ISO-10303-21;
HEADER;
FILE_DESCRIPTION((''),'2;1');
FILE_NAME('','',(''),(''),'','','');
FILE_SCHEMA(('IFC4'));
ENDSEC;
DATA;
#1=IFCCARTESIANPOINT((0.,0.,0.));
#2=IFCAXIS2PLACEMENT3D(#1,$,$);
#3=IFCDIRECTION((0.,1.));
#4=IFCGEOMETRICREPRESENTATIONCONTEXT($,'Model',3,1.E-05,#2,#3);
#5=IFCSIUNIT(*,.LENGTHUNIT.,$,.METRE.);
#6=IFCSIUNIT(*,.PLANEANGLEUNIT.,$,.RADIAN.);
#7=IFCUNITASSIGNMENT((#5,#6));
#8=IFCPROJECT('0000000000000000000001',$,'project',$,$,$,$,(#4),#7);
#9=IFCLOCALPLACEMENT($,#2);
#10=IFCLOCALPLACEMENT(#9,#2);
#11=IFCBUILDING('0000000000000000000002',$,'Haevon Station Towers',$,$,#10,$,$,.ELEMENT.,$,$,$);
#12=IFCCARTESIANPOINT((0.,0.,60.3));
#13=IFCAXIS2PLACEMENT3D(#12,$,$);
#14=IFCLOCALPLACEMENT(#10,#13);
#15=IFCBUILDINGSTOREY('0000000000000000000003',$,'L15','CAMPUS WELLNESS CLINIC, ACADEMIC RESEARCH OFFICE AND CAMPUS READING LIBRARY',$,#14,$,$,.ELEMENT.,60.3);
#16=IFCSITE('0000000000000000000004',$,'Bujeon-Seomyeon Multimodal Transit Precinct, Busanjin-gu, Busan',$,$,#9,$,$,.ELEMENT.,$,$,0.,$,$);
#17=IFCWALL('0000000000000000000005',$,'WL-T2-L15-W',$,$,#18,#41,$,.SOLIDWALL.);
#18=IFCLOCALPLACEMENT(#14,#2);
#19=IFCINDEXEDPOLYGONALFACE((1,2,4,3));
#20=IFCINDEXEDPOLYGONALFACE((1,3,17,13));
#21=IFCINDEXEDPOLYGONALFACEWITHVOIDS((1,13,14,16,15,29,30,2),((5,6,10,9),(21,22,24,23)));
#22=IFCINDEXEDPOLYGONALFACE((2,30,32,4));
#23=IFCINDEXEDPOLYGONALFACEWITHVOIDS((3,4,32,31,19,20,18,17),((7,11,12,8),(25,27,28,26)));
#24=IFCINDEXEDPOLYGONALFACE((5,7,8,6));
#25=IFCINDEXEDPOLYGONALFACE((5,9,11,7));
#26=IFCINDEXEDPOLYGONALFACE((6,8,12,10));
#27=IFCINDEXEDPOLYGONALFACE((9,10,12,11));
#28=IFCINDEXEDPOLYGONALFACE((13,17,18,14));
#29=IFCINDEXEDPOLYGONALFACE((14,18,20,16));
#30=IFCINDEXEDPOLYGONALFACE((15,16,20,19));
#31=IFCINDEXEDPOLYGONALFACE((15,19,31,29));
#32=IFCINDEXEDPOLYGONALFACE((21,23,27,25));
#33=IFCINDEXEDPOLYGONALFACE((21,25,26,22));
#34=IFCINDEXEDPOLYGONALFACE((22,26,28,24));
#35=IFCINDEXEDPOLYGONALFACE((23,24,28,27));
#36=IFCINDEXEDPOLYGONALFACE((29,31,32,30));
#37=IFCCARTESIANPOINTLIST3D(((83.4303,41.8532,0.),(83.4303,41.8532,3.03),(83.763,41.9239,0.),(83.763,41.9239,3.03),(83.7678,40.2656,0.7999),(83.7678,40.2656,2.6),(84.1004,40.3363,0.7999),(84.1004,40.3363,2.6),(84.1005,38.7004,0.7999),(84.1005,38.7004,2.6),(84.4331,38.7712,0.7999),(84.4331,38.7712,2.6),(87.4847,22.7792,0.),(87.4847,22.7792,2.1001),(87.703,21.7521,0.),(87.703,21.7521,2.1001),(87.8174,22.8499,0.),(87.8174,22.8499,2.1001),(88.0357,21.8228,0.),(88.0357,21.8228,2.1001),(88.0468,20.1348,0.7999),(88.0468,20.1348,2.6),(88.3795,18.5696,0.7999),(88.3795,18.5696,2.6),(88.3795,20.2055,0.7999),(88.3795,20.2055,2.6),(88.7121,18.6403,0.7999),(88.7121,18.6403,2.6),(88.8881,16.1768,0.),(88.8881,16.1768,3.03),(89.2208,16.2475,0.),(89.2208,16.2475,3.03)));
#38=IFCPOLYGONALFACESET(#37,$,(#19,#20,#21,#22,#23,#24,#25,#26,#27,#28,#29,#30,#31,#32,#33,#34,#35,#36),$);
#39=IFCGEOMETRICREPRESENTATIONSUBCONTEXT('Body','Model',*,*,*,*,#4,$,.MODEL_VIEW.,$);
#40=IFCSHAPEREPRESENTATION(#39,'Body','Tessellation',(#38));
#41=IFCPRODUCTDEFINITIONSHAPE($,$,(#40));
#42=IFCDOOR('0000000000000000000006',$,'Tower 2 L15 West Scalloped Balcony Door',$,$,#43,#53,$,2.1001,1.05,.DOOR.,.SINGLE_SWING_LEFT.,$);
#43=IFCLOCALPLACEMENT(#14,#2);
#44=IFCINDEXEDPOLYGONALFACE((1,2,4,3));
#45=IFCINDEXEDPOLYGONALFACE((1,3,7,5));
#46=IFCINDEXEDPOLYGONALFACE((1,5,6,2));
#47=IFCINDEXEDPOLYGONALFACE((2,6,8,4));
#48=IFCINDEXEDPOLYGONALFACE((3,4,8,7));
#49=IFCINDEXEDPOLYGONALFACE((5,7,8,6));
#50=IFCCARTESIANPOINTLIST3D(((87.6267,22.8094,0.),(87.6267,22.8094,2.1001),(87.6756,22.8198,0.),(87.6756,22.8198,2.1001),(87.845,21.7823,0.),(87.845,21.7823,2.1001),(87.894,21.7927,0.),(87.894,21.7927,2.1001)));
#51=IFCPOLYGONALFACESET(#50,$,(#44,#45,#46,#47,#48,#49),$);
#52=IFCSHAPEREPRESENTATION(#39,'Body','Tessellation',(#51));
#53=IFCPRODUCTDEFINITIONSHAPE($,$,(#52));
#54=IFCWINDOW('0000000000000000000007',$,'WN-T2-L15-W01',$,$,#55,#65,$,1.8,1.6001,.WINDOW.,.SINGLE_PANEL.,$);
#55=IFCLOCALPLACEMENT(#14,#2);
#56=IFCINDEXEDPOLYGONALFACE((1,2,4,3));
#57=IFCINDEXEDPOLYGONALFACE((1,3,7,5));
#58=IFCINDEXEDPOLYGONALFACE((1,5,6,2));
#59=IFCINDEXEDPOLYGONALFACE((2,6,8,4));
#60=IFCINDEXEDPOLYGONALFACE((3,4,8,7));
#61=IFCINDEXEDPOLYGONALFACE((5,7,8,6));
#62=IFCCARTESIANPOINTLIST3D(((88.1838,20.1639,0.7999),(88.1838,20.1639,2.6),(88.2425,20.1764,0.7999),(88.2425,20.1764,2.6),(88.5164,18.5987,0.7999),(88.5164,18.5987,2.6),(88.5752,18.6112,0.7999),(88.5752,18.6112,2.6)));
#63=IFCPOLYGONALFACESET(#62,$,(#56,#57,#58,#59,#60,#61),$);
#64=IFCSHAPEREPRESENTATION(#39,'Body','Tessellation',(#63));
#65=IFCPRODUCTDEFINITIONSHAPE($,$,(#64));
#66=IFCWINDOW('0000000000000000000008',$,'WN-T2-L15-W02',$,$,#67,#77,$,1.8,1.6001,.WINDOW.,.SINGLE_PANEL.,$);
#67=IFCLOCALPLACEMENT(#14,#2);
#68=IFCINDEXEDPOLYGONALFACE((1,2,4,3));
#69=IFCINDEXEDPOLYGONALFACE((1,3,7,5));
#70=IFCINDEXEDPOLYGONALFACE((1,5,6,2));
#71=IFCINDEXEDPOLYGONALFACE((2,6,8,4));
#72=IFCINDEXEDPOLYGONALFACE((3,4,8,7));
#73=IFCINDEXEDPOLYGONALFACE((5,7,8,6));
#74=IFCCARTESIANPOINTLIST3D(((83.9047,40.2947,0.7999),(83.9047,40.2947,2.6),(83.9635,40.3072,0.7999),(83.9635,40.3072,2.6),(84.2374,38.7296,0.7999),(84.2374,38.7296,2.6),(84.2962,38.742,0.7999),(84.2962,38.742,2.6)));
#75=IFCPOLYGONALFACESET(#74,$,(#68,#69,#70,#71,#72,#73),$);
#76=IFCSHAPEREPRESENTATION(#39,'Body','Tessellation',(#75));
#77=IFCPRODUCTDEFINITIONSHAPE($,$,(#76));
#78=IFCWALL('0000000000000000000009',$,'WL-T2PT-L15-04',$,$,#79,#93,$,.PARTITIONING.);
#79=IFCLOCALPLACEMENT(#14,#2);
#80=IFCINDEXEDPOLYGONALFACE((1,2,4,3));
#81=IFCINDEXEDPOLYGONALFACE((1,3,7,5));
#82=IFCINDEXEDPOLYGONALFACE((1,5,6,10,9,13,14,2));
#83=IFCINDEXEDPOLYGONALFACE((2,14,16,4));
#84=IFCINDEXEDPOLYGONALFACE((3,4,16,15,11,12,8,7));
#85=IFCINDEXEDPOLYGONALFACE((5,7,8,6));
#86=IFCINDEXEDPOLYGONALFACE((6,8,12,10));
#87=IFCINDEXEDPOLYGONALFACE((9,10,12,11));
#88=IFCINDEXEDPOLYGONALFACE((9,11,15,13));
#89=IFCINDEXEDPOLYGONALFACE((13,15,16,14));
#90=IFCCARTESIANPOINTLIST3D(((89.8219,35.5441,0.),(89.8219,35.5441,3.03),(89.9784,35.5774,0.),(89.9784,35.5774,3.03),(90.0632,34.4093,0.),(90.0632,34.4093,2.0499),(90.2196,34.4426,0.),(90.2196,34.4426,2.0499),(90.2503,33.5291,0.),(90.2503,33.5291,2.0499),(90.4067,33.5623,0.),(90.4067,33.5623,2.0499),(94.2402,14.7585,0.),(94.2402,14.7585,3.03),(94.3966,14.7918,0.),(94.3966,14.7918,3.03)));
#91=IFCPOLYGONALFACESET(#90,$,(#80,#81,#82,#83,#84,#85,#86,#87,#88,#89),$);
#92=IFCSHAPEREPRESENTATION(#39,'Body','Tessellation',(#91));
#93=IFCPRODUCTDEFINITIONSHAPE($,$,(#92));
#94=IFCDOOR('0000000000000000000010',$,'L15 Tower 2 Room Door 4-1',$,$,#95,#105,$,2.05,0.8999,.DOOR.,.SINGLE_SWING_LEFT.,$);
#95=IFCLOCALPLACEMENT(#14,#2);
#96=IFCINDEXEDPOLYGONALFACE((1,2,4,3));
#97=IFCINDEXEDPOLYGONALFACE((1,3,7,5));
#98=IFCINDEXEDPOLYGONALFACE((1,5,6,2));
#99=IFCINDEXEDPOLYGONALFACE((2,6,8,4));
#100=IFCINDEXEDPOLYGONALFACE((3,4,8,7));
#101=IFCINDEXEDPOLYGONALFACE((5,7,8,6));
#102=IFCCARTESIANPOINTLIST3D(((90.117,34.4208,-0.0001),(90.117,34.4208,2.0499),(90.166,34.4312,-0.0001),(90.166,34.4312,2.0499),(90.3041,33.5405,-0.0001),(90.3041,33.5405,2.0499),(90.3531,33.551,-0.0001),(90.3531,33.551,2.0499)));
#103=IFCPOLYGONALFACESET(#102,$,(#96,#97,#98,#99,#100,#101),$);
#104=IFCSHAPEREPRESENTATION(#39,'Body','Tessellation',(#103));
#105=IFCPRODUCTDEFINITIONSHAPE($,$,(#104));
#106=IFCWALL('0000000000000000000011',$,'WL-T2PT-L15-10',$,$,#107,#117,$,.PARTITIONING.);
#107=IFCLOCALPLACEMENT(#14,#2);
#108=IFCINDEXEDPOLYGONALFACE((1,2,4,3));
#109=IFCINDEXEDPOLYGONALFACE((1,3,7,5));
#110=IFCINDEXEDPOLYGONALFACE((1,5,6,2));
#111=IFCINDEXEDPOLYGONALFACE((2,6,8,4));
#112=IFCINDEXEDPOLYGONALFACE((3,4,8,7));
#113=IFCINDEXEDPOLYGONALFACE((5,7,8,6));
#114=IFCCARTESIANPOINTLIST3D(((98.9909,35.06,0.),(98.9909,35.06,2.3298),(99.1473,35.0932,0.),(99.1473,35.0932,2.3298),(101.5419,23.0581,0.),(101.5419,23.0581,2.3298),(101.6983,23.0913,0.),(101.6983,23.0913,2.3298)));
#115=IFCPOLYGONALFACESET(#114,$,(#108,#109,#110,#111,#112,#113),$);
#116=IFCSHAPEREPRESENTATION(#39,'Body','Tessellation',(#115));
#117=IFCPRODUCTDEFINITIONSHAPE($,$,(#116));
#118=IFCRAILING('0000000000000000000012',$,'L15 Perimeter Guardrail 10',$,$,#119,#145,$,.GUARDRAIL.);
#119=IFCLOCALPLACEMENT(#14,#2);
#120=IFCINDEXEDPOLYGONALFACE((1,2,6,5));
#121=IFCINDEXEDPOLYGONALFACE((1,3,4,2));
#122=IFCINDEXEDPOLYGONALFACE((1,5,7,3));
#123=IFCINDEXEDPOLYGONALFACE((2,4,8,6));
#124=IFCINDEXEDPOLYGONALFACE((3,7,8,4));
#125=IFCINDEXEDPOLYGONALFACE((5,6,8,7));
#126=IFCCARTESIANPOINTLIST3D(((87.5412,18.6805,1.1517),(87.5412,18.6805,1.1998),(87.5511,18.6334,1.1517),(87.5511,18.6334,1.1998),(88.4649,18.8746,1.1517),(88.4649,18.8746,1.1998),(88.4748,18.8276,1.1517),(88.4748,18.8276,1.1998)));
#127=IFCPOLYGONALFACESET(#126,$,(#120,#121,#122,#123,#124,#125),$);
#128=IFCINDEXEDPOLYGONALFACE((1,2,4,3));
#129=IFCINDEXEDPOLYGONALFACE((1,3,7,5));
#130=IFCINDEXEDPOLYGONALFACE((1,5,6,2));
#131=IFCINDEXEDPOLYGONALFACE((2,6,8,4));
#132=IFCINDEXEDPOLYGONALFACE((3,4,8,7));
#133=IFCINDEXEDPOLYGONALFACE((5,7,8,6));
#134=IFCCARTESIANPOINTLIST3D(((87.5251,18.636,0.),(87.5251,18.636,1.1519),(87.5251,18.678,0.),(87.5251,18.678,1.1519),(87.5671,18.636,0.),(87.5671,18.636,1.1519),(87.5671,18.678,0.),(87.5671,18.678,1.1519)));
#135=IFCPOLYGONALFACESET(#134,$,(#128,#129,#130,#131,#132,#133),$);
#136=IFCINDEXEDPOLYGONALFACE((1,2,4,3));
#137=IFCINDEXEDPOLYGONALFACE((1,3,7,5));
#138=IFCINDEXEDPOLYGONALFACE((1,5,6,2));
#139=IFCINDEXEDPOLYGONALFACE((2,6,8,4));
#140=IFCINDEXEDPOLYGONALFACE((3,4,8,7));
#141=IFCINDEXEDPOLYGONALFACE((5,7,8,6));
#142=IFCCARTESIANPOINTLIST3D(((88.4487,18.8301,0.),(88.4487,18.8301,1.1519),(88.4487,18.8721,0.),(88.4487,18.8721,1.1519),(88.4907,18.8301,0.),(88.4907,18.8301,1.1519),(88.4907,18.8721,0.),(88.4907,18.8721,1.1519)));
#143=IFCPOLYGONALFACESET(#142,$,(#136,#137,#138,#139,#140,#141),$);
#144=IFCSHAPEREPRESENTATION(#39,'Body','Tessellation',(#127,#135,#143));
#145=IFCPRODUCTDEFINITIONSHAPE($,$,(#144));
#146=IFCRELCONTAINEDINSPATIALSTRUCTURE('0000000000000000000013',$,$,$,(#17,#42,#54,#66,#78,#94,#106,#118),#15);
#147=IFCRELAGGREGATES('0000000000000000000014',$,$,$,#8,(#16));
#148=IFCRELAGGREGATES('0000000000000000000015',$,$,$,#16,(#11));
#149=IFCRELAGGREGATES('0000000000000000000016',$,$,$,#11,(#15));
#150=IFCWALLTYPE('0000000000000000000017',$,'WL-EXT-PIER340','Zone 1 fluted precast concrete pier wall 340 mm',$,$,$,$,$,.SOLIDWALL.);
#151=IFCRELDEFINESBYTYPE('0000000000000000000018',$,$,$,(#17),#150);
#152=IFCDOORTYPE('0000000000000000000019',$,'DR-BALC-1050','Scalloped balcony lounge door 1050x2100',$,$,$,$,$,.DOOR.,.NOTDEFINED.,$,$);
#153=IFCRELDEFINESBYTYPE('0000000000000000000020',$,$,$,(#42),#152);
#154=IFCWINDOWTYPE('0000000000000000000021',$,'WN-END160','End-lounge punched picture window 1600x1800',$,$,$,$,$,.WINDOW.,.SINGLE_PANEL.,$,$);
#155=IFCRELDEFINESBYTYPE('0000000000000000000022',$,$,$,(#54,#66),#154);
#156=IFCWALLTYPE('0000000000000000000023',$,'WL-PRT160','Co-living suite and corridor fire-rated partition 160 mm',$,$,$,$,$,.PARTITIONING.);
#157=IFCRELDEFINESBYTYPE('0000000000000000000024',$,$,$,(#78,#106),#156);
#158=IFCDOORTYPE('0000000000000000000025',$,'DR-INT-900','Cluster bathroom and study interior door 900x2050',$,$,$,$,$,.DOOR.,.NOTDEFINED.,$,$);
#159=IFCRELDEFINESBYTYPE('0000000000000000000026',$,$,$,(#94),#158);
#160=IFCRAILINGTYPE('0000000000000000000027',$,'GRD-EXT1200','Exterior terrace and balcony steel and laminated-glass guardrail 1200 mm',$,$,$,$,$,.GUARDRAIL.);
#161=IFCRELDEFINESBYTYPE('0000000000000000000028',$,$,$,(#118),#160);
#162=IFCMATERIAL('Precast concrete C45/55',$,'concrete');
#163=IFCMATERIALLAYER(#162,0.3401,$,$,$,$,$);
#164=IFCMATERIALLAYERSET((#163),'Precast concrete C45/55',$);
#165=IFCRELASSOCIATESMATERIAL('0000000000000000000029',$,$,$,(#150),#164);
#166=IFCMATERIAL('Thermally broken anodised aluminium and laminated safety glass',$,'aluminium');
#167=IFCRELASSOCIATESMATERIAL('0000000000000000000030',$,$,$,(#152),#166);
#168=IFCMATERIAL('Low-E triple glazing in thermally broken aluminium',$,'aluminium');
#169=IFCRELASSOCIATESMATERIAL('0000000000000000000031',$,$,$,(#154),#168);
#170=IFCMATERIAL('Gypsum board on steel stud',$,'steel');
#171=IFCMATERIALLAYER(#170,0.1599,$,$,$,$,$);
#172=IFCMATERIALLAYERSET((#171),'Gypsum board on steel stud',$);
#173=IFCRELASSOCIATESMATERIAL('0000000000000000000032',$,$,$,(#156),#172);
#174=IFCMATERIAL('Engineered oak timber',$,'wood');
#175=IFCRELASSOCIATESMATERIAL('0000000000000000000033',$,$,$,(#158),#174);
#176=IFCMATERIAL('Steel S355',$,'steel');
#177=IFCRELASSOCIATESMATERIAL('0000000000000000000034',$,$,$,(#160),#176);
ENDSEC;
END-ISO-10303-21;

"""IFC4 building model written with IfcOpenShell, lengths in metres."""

from ifc_helpers import new_model, si_unit, direction, frame, frame_2d, origin, origin_2d, place, context, subcontext, project, spatial, rectangle, extrude, material, layer, layer_set, type_object, element, fill, save


model = new_model("IFC4")

# Units and contexts
model_context = context("Model", 3, precision=1e-05, world=origin(), true_north=direction((0.0, 1.0)))
body_context = subcontext(model_context, "Body", "Model", "MODEL_VIEW")
ifc_project = project(units=[si_unit("LENGTHUNIT", "METRE"), si_unit("PLANEANGLEUNIT", "RADIAN")], contexts=[model_context])

# Site, building, storey
site_placement = place(None, origin())
site = spatial("IfcSite", under=ifc_project, at=site_placement, Name="Bujeon-Seomyeon Multimodal Transit Precinct, Busanjin-gu, Busan", CompositionType="ELEMENT", RefElevation=0.0)
building_placement = place(site_placement, origin())
building = spatial("IfcBuilding", under=site, at=building_placement, Name="Haevon Station Towers", CompositionType="ELEMENT")
storey_placement = place(building_placement, frame((0.0, 0.0, 60.3)))
storey = spatial("IfcBuildingStorey", under=building, at=storey_placement, Name="L15", Description="CAMPUS WELLNESS CLINIC, ACADEMIC RESEARCH OFFICE AND CAMPUS READING LIBRARY", CompositionType="ELEMENT", Elevation=60.3)

# Shared definitions
ifc_material_1 = material(Name="Steel S355", Category="steel")

# Shared definitions
ifc_material_2 = material(Name="Precast concrete C45/55", Category="concrete")
ifc_layer_1 = layer(ifc_material_2, 0.3401)
ifc_layer_set_1 = layer_set([ifc_layer_1], Name="Precast concrete C45/55")
wall_type_1 = type_object("IfcWallType", Name="WL-EXT-PIER340", Description="Zone 1 fluted precast concrete pier wall 340 mm", PredefinedType="SOLIDWALL", material=ifc_layer_set_1)

# Wall, openings, door, windows
wall_1_placement = place(storey_placement, frame((89.0544, 16.2122, 0.0), z_axis=(0.0, 0.0, 1.0), x_axis=(-0.207915, 0.978147, 0.0)))
wall_1 = element("IfcWall", 1, at=wall_1_placement, inside=storey, type_object=wall_type_1, Name="WL-T2-L15-W", PredefinedType="SOLIDWALL", context=body_context, shape_type="SweptSolid", body=[
    extrude(rectangle(XDim=26.25, YDim=0.3401, at=frame_2d((13.125, 0.0))), origin(), (0.0, 0.0, 1.0), 3.03),
])
opening_1_placement = place(wall_1_placement, frame((5.7, 0.0, 0.0)))
opening_1 = element("IfcOpeningElement", 2, at=opening_1_placement, cuts=wall_1, PredefinedType="OPENING", context=body_context, shape_type="SweptSolid", body=[
    extrude(rectangle(XDim=1.05, YDim=2.1001, at=frame_2d((0.5249, 1.05))), frame((0.0, 0.1799, 0.0), z_axis=(0.0, -1.0, 0.0), x_axis=(1.0, 0.0, 0.0)), (0.0, 0.0, 1.0), 0.3601),
])
opening_2_placement = place(wall_1_placement, frame((2.4463, 0.0, 0.8)))
opening_2 = element("IfcOpeningElement", 3, at=opening_2_placement, cuts=wall_1, PredefinedType="OPENING", context=body_context, shape_type="SweptSolid", body=[
    extrude(rectangle(XDim=1.6001, YDim=1.8, at=frame_2d((0.8, 0.8999))), frame((0.0, 0.1799, 0.0), z_axis=(0.0, -1.0, 0.0), x_axis=(1.0, 0.0, 0.0)), (0.0, 0.0, 1.0), 0.3601),
])
opening_3_placement = place(wall_1_placement, frame((23.0269, 0.0, 0.8)))
opening_3 = element("IfcOpeningElement", 4, at=opening_3_placement, cuts=wall_1, PredefinedType="OPENING", context=body_context, shape_type="SweptSolid", body=[
    extrude(rectangle(XDim=1.6001, YDim=1.8, at=frame_2d((0.8, 0.8999))), frame((0.0, 0.1799, 0.0), z_axis=(0.0, -1.0, 0.0), x_axis=(1.0, 0.0, 0.0)), (0.0, 0.0, 1.0), 0.3601),
])
ifc_material_3 = material(Name="Thermally broken anodised aluminium and laminated safety glass", Category="aluminium")
door_type_1 = type_object("IfcDoorType", Name="DR-BALC-1050", Description="Scalloped balcony lounge door 1050x2100", OperationType="NOTDEFINED", PredefinedType="DOOR", material=ifc_material_3)
door_1_placement = place(opening_1_placement, origin())
door_1 = element("IfcDoor", 5, at=door_1_placement, inside=storey, type_object=door_type_1, Name="Tower 2 L15 West Scalloped Balcony Door", OperationType="SINGLE_SWING_LEFT", OverallHeight=2.1001, OverallWidth=1.05, PredefinedType="DOOR", context=body_context, shape_type="SweptSolid", body=[
    extrude(rectangle(XDim=1.05, YDim=2.1001, at=frame_2d((0.5249, 1.05))), frame((0.0, 0.0249, 0.0), z_axis=(0.0, -1.0, 0.0), x_axis=(1.0, 0.0, 0.0)), (0.0, 0.0, 1.0), 0.05),
])
fill(opening_1, door_1)
ifc_material_4 = material(Name="Low-E triple glazing in thermally broken aluminium", Category="aluminium")
window_type = type_object("IfcWindowType", Name="WN-END160", Description="End-lounge punched picture window 1600x1800", PartitioningType="SINGLE_PANEL", PredefinedType="WINDOW", material=ifc_material_4)
window_1_placement = place(opening_2_placement, origin())
window_1 = element("IfcWindow", 6, at=window_1_placement, inside=storey, type_object=window_type, Name="WN-T2-L15-W01", OverallHeight=1.8, OverallWidth=1.6001, PartitioningType="SINGLE_PANEL", PredefinedType="WINDOW", context=body_context, shape_type="SweptSolid", body=[
    extrude(rectangle(XDim=1.6001, YDim=1.8, at=frame_2d((0.8, 0.8999))), frame((0.0, 0.03, 0.0), z_axis=(0.0, -1.0, 0.0), x_axis=(1.0, 0.0, 0.0)), (0.0, 0.0, 1.0), 0.0601),
])
fill(opening_2, window_1)
window_2_placement = place(opening_3_placement, origin())
window_2 = element("IfcWindow", 7, at=window_2_placement, inside=storey, type_object=window_type, Name="WN-T2-L15-W02", OverallHeight=1.8, OverallWidth=1.6001, PartitioningType="SINGLE_PANEL", PredefinedType="WINDOW", context=body_context, shape_type="SweptSolid", body=[
    extrude(rectangle(XDim=1.6001, YDim=1.8, at=frame_2d((0.8, 0.8999))), frame((0.0, 0.03, 0.0), z_axis=(0.0, -1.0, 0.0), x_axis=(1.0, 0.0, 0.0)), (0.0, 0.0, 1.0), 0.0601),
])
fill(opening_3, window_2)

# Wall, opening, door
ifc_material_5 = material(Name="Gypsum board on steel stud", Category="steel")
ifc_layer_2 = layer(ifc_material_5, 0.1599)
ifc_layer_set_2 = layer_set([ifc_layer_2], Name="Gypsum board on steel stud")
wall_type_2 = type_object("IfcWallType", Name="WL-PRT160", Description="Co-living suite and corridor fire-rated partition 160 mm", PredefinedType="PARTITIONING", material=ifc_layer_set_2)
wall_2_placement = place(storey_placement, frame((94.3184, 14.7751, 0.0), z_axis=(0.0, 0.0, 1.0), x_axis=(-0.207916, 0.978147, 0.0)))
wall_2 = element("IfcWall", 8, at=wall_2_placement, inside=storey, type_object=wall_type_2, Name="WL-T2PT-L15-04", PredefinedType="PARTITIONING", context=body_context, shape_type="SweptSolid", body=[
    extrude(rectangle(XDim=21.25, YDim=0.1599, at=frame_2d((10.625, 0.0))), origin(), (0.0, 0.0, 1.0), 3.03),
])
opening_4_placement = place(wall_2_placement, frame((19.1899, 0.0, 0.0)))
opening_4 = element("IfcOpeningElement", 9, at=opening_4_placement, cuts=wall_2, PredefinedType="OPENING", context=body_context, shape_type="SweptSolid", body=[
    extrude(rectangle(XDim=0.8999, YDim=2.05, at=frame_2d((0.45, 1.0249))), frame((0.0, 0.0898, 0.0), z_axis=(0.0, -1.0, 0.0), x_axis=(1.0, 0.0, 0.0)), (0.0, 0.0, 1.0), 0.1799),
])
ifc_material_6 = material(Name="Engineered oak timber", Category="wood")
door_type_2 = type_object("IfcDoorType", Name="DR-INT-900", Description="Cluster bathroom and study interior door 900x2050", OperationType="NOTDEFINED", PredefinedType="DOOR", material=ifc_material_6)
door_2_placement = place(opening_4_placement, origin())
door_2 = element("IfcDoor", 10, at=door_2_placement, inside=storey, type_object=door_type_2, Name="L15 Tower 2 Room Door 4-1", OperationType="SINGLE_SWING_LEFT", OverallHeight=2.05, OverallWidth=0.8999, PredefinedType="DOOR", context=body_context, shape_type="SweptSolid", body=[
    extrude(rectangle(XDim=0.8999, YDim=2.05, at=frame_2d((0.45, 1.0249))), frame((0.0, 0.0249, 0.0), z_axis=(0.0, -1.0, 0.0), x_axis=(1.0, 0.0, 0.0)), (0.0, 0.0, 1.0), 0.05),
])
fill(opening_4, door_2)

# Wall
wall_3_placement = place(storey_placement, frame((101.6201, 23.0747, 0.0), z_axis=(0.0, 0.0, 1.0), x_axis=(-0.207906, 0.978149, 0.0)))
element("IfcWall", 11, at=wall_3_placement, inside=storey, type_object=wall_type_2, Name="WL-T2PT-L15-10", PredefinedType="PARTITIONING", context=body_context, shape_type="SweptSolid", body=[
    extrude(rectangle(XDim=12.27, YDim=0.1599, at=frame_2d((6.135, 0.0))), origin(), (0.0, 0.0, 1.0), 2.3298),
])

# Railing
railing_type = type_object("IfcRailingType", Name="GRD-EXT1200", Description="Exterior terrace and balcony steel and laminated-glass guardrail 1200 mm", PredefinedType="GUARDRAIL", material=ifc_material_1)
railing_placement = place(storey_placement, frame((87.5461, 18.657, 0.0)))
element("IfcRailing", 12, at=railing_placement, inside=storey, type_object=railing_type, Name="L15 Perimeter Guardrail 10", PredefinedType="GUARDRAIL", context=body_context, shape_type="SweptSolid", body=[
    extrude(rectangle(XDim=0.0481, YDim=0.0481, at=origin_2d()), frame((0.0, 0.0, 1.1758), z_axis=(0.978624, 0.205658, 0.0), x_axis=(-0.205658, 0.978624, 0.0)), (0.0, 0.0, 1.0), 0.9438),
    extrude(rectangle(XDim=0.042, YDim=0.042, at=origin_2d()), origin(), (0.0, 0.0, 1.0), 1.1519),
    extrude(rectangle(XDim=0.042, YDim=0.042, at=origin_2d()), frame((0.9236, 0.1941, 0.0)), (0.0, 0.0, 1.0), 1.1519),
])

save(model, "model.ifc")
